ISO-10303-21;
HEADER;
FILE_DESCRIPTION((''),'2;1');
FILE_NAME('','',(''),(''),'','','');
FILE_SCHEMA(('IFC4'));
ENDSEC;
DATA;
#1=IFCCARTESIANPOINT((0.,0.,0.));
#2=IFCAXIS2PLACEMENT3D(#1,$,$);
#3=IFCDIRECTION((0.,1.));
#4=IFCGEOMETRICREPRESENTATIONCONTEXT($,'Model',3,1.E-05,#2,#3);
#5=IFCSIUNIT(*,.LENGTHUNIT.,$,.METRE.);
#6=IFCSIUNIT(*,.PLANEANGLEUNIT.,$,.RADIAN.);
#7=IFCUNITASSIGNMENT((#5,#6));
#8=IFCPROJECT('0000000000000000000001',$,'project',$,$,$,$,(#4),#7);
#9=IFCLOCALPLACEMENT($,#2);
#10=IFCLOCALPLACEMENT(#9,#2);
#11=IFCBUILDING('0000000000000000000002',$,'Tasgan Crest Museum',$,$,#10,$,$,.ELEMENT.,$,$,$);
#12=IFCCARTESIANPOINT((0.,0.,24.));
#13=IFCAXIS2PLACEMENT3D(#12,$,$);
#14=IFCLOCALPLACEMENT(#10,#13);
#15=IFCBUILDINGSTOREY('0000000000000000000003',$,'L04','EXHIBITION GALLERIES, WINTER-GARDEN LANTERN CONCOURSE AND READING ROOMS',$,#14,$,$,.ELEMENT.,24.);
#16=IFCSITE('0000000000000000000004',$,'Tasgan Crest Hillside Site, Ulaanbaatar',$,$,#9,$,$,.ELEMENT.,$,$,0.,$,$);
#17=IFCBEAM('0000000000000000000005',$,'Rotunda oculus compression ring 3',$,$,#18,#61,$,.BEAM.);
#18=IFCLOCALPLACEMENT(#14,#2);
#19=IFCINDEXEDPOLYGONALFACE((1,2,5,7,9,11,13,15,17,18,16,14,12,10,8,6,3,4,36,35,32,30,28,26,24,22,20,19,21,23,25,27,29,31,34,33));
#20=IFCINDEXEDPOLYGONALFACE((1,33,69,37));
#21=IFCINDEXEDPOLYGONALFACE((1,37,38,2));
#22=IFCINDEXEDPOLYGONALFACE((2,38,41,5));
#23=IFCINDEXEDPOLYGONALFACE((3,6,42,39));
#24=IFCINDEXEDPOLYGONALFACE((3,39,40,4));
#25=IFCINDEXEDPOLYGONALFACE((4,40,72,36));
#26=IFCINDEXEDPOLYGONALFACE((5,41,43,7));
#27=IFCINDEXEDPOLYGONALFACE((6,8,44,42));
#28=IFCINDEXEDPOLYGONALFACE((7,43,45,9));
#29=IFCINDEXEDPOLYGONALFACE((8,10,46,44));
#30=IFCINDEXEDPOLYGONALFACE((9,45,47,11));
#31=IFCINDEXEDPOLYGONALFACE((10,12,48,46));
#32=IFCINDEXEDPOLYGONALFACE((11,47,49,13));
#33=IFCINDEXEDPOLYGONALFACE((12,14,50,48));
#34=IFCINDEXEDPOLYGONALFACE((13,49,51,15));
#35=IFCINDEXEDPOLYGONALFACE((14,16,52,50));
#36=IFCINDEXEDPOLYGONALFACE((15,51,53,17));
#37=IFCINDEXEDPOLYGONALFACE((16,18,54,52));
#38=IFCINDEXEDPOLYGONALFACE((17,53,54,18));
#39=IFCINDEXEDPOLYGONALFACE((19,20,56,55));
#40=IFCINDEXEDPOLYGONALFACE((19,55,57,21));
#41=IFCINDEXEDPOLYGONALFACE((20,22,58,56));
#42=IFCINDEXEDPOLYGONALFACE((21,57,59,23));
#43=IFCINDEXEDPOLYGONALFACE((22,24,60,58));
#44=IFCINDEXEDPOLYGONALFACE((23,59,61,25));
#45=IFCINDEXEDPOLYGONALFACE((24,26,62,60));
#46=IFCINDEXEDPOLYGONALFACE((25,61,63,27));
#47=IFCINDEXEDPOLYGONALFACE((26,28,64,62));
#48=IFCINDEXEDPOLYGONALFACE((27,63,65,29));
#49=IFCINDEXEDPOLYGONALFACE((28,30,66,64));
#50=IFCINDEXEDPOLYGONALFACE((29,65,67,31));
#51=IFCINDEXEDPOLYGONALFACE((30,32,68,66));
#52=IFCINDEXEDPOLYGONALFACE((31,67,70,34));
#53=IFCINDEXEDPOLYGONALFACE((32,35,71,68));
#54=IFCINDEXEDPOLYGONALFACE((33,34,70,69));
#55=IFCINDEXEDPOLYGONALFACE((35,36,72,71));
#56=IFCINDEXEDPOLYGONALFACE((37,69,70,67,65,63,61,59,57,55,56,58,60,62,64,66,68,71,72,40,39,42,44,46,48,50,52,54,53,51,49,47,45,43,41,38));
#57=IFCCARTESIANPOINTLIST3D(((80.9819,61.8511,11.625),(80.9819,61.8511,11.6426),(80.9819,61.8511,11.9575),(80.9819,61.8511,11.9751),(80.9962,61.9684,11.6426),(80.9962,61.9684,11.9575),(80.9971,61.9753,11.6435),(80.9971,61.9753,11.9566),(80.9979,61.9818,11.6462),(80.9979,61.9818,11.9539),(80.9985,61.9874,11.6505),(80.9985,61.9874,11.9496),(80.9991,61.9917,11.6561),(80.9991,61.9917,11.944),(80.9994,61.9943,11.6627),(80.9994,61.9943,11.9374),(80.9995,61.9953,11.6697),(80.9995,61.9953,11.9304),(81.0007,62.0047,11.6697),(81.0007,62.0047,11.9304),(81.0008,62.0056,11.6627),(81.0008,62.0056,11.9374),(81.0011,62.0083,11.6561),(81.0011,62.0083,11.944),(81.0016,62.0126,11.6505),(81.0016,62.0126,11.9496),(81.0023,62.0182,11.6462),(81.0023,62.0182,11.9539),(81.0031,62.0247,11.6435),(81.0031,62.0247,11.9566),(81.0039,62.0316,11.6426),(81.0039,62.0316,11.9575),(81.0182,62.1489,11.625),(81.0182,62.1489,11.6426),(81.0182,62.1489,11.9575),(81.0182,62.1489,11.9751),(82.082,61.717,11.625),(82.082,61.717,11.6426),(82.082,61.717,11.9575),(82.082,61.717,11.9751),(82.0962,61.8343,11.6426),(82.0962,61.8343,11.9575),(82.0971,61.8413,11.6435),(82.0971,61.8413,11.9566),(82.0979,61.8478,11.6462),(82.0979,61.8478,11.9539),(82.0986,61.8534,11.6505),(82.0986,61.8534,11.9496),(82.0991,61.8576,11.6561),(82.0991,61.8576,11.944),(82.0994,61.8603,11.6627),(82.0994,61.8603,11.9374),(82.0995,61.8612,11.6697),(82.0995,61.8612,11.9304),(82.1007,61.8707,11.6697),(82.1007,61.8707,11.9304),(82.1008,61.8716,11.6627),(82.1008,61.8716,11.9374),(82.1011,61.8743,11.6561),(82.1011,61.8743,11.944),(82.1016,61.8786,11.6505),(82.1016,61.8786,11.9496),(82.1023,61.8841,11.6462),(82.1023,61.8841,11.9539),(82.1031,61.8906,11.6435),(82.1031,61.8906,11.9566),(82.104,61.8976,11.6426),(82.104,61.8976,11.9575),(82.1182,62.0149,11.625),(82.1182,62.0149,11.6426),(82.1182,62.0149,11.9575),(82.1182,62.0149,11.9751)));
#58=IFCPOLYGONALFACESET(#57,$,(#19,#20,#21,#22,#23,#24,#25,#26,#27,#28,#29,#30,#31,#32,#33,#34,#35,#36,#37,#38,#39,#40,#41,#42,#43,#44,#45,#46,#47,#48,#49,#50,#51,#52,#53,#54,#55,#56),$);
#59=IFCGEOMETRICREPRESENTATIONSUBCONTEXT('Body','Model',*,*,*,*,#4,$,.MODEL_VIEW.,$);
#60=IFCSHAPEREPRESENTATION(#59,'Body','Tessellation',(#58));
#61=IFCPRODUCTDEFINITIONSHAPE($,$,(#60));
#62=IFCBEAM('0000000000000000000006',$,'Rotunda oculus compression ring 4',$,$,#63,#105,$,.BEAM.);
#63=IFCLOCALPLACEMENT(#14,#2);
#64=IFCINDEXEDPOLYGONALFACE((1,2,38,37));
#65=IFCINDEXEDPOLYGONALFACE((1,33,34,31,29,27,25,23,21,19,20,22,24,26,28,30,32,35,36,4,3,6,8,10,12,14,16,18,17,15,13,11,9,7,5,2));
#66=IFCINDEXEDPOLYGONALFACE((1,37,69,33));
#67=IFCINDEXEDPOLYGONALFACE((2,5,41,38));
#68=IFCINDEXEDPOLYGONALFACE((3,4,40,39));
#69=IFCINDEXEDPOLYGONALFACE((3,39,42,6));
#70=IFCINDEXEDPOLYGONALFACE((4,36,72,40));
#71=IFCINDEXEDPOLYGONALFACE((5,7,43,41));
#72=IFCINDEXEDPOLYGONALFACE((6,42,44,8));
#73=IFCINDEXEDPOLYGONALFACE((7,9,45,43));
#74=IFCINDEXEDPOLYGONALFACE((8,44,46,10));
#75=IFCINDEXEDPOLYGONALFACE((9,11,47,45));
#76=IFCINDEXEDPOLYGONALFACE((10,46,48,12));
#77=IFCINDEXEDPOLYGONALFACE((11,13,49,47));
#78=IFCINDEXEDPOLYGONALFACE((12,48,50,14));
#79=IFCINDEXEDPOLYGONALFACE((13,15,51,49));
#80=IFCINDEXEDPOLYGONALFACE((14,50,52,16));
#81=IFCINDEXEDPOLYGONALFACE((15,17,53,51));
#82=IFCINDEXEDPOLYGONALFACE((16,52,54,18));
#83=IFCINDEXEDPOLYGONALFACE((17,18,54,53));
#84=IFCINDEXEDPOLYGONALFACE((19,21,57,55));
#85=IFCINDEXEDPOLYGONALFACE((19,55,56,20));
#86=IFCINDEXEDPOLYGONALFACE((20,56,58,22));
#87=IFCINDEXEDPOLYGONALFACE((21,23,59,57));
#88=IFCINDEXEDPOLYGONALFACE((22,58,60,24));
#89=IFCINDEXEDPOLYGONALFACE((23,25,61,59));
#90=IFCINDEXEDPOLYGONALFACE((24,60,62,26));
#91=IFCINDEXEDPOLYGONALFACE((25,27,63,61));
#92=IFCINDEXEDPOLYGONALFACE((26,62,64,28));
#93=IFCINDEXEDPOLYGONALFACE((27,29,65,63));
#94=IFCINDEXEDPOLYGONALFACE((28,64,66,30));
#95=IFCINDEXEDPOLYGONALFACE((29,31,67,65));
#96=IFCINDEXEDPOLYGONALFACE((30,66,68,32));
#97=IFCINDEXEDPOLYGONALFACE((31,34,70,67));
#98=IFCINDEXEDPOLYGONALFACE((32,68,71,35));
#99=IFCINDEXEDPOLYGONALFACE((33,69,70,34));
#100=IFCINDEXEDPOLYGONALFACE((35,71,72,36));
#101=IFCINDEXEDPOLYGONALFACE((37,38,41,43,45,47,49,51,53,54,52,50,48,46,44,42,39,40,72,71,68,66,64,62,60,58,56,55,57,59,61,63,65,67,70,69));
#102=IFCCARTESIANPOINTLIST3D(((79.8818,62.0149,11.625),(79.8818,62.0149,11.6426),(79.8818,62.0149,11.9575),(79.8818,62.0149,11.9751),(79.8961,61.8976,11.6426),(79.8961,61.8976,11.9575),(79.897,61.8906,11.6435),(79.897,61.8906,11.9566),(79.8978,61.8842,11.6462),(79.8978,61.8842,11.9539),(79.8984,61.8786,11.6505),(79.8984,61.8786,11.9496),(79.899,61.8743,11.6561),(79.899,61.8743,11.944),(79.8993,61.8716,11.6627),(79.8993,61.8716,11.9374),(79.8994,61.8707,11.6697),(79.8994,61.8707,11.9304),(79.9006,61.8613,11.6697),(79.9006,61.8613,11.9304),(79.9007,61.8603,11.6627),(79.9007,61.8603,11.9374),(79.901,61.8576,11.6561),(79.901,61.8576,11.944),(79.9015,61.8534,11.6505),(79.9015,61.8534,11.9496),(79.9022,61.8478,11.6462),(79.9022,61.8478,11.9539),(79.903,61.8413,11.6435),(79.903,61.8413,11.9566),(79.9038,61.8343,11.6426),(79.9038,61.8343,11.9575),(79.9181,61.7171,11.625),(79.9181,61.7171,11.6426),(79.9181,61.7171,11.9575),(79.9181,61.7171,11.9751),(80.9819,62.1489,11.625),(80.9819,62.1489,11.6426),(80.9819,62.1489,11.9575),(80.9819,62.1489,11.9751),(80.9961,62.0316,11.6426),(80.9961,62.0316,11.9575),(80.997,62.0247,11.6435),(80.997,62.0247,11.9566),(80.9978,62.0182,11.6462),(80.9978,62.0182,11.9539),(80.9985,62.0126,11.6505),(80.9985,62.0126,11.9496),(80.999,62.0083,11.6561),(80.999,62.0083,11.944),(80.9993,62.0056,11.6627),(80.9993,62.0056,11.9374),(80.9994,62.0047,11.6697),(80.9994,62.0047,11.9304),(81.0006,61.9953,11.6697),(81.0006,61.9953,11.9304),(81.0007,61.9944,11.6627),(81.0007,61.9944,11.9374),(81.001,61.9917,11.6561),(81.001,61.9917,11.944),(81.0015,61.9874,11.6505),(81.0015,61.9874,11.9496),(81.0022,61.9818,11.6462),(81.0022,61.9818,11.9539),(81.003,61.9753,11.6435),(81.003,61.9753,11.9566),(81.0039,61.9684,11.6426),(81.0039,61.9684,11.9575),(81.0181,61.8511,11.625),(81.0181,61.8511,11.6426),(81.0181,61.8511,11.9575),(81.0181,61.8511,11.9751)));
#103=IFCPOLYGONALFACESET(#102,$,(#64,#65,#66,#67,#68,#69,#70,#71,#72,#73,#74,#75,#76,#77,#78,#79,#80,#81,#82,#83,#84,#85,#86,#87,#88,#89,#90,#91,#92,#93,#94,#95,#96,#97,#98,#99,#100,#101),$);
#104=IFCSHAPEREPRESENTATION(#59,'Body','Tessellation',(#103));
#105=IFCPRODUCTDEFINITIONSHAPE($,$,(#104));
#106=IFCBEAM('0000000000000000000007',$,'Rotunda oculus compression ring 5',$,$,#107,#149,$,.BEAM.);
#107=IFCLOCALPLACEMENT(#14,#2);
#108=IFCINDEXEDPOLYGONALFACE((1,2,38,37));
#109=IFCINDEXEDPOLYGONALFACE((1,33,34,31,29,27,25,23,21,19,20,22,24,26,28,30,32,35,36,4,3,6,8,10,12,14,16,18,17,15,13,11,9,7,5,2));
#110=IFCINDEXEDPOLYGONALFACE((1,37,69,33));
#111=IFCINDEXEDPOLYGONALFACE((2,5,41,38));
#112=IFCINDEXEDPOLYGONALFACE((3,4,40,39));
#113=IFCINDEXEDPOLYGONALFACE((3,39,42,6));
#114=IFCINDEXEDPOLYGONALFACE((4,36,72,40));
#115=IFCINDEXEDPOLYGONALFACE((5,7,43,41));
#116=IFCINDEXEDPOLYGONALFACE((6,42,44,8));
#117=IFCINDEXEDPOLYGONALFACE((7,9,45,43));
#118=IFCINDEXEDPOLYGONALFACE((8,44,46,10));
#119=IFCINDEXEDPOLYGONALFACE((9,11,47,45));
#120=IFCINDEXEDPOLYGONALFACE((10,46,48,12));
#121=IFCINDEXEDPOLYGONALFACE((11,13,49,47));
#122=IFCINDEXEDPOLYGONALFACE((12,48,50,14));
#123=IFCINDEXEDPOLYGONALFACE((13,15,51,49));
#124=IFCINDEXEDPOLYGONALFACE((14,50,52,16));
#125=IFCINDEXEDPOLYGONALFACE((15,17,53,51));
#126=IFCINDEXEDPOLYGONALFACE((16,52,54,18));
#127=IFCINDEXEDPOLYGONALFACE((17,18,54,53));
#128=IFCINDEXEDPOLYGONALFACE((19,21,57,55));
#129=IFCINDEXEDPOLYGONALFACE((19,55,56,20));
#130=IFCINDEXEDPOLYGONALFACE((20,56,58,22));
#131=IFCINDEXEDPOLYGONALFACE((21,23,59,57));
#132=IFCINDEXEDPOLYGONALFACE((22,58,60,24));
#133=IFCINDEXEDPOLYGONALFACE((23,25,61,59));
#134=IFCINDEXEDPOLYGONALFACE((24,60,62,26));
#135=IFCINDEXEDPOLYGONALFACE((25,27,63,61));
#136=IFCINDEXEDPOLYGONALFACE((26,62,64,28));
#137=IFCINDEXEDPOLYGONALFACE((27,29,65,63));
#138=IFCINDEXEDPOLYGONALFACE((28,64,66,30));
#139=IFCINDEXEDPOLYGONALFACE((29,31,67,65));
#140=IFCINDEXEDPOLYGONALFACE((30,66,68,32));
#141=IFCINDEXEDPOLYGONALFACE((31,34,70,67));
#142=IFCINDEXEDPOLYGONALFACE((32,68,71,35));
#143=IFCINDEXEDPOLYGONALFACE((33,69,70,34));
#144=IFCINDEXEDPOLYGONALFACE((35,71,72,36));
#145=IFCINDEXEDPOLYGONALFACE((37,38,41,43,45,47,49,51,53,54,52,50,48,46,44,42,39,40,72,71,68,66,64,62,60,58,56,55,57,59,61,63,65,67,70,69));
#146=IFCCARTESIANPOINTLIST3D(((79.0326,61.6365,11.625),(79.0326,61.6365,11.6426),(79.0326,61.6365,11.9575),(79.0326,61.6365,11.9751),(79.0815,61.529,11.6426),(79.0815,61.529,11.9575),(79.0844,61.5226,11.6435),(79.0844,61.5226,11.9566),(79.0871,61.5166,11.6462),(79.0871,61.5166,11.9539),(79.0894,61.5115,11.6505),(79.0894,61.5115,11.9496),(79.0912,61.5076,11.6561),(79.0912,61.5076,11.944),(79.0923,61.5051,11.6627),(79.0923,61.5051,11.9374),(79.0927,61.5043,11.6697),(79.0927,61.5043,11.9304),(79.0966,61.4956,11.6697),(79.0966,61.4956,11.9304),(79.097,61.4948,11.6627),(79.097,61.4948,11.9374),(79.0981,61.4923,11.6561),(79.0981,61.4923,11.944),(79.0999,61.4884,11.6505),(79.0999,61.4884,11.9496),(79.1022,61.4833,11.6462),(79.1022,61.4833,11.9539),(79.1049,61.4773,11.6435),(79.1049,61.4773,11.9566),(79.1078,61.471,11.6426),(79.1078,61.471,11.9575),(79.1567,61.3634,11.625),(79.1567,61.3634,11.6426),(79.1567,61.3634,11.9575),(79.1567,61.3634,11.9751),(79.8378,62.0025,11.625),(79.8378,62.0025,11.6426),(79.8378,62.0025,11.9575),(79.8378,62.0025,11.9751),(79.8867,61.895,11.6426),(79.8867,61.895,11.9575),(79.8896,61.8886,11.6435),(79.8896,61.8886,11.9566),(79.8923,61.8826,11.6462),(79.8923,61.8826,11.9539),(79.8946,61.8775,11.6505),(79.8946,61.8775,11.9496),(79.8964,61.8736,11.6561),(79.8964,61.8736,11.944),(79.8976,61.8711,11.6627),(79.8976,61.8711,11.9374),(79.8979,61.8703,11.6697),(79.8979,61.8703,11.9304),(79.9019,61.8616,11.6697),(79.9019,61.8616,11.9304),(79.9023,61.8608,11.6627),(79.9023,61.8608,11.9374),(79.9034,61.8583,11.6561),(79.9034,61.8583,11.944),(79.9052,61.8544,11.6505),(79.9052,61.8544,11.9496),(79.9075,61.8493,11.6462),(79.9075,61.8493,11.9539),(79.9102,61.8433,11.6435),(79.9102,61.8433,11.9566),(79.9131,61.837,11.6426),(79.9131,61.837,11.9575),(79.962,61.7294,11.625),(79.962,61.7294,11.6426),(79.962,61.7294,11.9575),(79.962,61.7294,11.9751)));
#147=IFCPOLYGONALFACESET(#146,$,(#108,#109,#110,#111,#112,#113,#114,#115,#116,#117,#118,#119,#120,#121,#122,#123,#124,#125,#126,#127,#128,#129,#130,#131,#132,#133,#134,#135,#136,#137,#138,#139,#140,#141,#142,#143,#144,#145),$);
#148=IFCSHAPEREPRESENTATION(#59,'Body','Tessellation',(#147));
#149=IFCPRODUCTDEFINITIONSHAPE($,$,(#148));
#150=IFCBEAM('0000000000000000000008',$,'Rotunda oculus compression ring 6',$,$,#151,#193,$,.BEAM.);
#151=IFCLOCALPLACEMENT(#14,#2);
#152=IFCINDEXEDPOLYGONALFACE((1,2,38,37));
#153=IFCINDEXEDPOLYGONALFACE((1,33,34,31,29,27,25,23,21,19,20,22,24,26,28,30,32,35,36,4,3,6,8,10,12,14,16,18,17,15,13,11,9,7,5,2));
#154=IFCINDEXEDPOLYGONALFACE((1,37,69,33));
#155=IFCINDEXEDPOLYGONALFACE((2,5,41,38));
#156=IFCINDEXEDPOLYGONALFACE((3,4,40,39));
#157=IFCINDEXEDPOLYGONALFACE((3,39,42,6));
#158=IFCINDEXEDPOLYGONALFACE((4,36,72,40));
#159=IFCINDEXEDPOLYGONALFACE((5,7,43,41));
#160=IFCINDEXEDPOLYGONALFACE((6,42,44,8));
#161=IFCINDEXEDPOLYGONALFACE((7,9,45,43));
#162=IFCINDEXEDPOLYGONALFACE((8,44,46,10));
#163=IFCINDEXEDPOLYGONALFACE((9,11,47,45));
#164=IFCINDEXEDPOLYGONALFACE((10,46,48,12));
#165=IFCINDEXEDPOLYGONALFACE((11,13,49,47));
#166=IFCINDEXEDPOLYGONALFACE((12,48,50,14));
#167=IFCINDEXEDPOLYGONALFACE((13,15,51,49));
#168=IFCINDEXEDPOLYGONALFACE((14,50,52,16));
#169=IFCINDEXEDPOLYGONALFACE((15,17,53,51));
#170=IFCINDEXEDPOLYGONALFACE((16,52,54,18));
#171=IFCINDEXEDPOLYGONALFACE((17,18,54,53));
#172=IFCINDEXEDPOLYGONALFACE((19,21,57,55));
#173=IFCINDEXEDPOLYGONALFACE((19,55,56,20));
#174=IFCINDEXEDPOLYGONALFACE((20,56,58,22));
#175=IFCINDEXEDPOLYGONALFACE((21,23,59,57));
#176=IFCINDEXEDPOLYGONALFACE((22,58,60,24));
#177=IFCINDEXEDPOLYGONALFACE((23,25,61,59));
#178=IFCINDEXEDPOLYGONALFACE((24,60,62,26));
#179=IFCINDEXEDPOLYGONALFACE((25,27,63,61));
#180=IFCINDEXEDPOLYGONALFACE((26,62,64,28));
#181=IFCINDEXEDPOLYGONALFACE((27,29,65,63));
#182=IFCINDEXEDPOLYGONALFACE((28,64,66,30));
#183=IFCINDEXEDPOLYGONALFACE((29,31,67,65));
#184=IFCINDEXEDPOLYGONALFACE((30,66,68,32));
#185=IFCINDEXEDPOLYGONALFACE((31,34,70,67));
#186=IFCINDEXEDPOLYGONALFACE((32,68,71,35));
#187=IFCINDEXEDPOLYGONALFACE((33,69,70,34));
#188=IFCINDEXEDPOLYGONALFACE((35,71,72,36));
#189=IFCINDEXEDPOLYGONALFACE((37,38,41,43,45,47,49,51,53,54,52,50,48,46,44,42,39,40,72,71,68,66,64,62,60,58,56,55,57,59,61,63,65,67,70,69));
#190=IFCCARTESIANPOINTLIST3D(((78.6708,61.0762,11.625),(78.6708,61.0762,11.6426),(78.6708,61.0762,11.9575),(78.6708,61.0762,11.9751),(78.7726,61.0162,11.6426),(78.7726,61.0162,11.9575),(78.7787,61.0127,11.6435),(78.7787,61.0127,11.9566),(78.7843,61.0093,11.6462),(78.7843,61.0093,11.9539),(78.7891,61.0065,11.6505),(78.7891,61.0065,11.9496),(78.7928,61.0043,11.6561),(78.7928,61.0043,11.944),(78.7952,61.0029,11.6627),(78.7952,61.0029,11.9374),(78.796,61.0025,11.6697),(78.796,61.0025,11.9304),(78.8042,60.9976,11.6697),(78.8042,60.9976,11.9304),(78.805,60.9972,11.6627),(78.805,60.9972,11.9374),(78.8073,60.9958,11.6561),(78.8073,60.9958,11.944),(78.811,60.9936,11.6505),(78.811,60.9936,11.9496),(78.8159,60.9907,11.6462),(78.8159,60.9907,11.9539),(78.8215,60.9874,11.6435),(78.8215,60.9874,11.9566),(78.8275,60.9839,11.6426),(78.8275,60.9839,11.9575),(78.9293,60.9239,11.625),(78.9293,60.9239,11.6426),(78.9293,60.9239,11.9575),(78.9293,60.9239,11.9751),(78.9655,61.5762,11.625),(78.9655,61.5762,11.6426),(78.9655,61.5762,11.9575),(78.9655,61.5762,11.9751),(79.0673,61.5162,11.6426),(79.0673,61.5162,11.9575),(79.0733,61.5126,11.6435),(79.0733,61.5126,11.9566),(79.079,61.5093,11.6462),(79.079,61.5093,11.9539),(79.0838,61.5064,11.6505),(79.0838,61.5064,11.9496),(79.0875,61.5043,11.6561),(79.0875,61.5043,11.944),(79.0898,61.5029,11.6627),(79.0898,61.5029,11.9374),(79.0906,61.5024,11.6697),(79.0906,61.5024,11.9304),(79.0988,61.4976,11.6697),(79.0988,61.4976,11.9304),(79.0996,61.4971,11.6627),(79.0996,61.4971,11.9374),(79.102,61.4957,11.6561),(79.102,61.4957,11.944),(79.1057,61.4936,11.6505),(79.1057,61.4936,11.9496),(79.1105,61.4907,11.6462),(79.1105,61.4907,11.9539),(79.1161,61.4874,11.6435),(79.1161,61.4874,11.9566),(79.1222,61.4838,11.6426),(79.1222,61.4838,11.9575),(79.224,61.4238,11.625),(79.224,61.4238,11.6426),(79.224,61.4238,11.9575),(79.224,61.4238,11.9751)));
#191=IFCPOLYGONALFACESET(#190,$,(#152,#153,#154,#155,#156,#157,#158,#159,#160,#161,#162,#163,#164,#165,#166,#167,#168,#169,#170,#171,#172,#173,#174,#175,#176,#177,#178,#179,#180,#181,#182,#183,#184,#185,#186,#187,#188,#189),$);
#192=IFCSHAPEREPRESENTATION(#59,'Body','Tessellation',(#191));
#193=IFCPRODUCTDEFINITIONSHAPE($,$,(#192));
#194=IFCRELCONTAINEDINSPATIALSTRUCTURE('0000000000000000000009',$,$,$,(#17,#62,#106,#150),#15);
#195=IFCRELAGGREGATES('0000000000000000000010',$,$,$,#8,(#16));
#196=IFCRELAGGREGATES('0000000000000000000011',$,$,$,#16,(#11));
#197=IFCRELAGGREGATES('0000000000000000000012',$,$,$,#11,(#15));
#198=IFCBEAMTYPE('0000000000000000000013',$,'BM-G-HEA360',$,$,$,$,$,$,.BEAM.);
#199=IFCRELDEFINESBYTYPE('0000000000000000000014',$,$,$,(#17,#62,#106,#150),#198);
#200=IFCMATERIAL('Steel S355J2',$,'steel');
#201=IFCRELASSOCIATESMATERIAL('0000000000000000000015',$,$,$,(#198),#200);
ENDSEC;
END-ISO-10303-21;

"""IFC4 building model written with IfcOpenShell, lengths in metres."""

from ifc_helpers import new_model, si_unit, direction, frame, origin, origin_2d, place, context, subcontext, project, spatial, i_section, extrude, material, material_profile, profile_set, type_object, element, save


model = new_model("IFC4")

# Units and contexts
model_context = context("Model", 3, precision=1e-05, world=origin(), true_north=direction((0.0, 1.0)))
body_context = subcontext(model_context, "Body", "Model", "MODEL_VIEW")
ifc_project = project(units=[si_unit("LENGTHUNIT", "METRE"), si_unit("PLANEANGLEUNIT", "RADIAN")], contexts=[model_context])

# Site, building, storey
site_placement = place(None, origin())
site = spatial("IfcSite", under=ifc_project, at=site_placement, Name="Tasgan Crest Hillside Site, Ulaanbaatar", CompositionType="ELEMENT", RefElevation=0.0)
building_placement = place(site_placement, origin())
building = spatial("IfcBuilding", under=site, at=building_placement, Name="Tasgan Crest Museum", CompositionType="ELEMENT")
storey_placement = place(building_placement, frame((0.0, 0.0, 24.0)))
storey = spatial("IfcBuildingStorey", under=building, at=storey_placement, Name="L04", Description="EXHIBITION GALLERIES, WINTER-GARDEN LANTERN CONCOURSE AND READING ROOMS", CompositionType="ELEMENT", Elevation=24.0)

# Beams
ifc_material_1 = material(Name="Steel S355J2", Category="steel")
ifc_material_profile_1 = material_profile(ifc_material_1, i_section(OverallWidth=0.3, OverallDepth=0.3501, WebThickness=0.0095, FlangeThickness=0.0176, FilletRadius=0.0271, at=origin_2d()), Name="HEA 360")
ifc_profile_set_1 = profile_set([ifc_material_profile_1], Name="Steel S355J2")
beam_type_1 = type_object("IfcBeamType", Name="BM-G-HEA360", PredefinedType="BEAM", material=ifc_profile_set_1)
for number, where, z_axis, x_axis, name in (
    (1, (82.1001, 61.866, 11.8), (-0.992659, 0.120943, 0.0), (-0.120943, -0.992659, 0.0), "Rotunda oculus compression ring 3"),
    (2, (81.0, 62.0, 11.8), (-0.992659, -0.120943, 0.0), (0.120943, -0.992659, 0.0), "Rotunda oculus compression ring 4"),
):
    element("IfcBeam", number, at=place(storey_placement, frame(where, z_axis=z_axis, x_axis=x_axis)), inside=storey, type_object=beam_type_1, Name=name, PredefinedType="BEAM", context=body_context, shape_type="SweptSolid", body=[
        extrude(i_section(OverallWidth=0.3, OverallDepth=0.3501, WebThickness=0.0095, FlangeThickness=0.0176, FilletRadius=0.0271, at=origin_2d()), origin(), (0.0, 0.0, 1.0), 1.1082),
    ])
beam_1_placement = place(storey_placement, frame((79.8999, 61.866, 11.8), z_axis=(-0.910376, -0.413782, 0.0), x_axis=(0.413782, -0.910376, 0.0)))
element("IfcBeam", 3, at=beam_1_placement, inside=storey, type_object=beam_type_1, Name="Rotunda oculus compression ring 5", PredefinedType="BEAM", context=body_context, shape_type="SweptSolid", body=[
    extrude(i_section(OverallWidth=0.3, OverallDepth=0.3501, WebThickness=0.0095, FlangeThickness=0.0176, FilletRadius=0.0271, at=origin_2d()), origin(), (0.0, 0.0, 1.0), 0.8845),
])
for number, where, z_axis, x_axis, name in (
    (4, (79.0947, 61.5, 11.8), (-0.507737, -0.861512, 0.0), (0.861512, -0.507737, 0.0), "Rotunda oculus compression ring 6"),
):
    element("IfcBeam", number, at=place(storey_placement, frame(where, z_axis=z_axis, x_axis=x_axis)), inside=storey, type_object=beam_type_1, Name=name, PredefinedType="BEAM", context=body_context, shape_type="SweptSolid", body=[
        extrude(i_section(OverallWidth=0.3, OverallDepth=0.3501, WebThickness=0.0095, FlangeThickness=0.0176, FilletRadius=0.0271, at=origin_2d()), origin(), (0.0, 0.0, 1.0), 0.5803),
    ])

save(model, "model.ifc")
